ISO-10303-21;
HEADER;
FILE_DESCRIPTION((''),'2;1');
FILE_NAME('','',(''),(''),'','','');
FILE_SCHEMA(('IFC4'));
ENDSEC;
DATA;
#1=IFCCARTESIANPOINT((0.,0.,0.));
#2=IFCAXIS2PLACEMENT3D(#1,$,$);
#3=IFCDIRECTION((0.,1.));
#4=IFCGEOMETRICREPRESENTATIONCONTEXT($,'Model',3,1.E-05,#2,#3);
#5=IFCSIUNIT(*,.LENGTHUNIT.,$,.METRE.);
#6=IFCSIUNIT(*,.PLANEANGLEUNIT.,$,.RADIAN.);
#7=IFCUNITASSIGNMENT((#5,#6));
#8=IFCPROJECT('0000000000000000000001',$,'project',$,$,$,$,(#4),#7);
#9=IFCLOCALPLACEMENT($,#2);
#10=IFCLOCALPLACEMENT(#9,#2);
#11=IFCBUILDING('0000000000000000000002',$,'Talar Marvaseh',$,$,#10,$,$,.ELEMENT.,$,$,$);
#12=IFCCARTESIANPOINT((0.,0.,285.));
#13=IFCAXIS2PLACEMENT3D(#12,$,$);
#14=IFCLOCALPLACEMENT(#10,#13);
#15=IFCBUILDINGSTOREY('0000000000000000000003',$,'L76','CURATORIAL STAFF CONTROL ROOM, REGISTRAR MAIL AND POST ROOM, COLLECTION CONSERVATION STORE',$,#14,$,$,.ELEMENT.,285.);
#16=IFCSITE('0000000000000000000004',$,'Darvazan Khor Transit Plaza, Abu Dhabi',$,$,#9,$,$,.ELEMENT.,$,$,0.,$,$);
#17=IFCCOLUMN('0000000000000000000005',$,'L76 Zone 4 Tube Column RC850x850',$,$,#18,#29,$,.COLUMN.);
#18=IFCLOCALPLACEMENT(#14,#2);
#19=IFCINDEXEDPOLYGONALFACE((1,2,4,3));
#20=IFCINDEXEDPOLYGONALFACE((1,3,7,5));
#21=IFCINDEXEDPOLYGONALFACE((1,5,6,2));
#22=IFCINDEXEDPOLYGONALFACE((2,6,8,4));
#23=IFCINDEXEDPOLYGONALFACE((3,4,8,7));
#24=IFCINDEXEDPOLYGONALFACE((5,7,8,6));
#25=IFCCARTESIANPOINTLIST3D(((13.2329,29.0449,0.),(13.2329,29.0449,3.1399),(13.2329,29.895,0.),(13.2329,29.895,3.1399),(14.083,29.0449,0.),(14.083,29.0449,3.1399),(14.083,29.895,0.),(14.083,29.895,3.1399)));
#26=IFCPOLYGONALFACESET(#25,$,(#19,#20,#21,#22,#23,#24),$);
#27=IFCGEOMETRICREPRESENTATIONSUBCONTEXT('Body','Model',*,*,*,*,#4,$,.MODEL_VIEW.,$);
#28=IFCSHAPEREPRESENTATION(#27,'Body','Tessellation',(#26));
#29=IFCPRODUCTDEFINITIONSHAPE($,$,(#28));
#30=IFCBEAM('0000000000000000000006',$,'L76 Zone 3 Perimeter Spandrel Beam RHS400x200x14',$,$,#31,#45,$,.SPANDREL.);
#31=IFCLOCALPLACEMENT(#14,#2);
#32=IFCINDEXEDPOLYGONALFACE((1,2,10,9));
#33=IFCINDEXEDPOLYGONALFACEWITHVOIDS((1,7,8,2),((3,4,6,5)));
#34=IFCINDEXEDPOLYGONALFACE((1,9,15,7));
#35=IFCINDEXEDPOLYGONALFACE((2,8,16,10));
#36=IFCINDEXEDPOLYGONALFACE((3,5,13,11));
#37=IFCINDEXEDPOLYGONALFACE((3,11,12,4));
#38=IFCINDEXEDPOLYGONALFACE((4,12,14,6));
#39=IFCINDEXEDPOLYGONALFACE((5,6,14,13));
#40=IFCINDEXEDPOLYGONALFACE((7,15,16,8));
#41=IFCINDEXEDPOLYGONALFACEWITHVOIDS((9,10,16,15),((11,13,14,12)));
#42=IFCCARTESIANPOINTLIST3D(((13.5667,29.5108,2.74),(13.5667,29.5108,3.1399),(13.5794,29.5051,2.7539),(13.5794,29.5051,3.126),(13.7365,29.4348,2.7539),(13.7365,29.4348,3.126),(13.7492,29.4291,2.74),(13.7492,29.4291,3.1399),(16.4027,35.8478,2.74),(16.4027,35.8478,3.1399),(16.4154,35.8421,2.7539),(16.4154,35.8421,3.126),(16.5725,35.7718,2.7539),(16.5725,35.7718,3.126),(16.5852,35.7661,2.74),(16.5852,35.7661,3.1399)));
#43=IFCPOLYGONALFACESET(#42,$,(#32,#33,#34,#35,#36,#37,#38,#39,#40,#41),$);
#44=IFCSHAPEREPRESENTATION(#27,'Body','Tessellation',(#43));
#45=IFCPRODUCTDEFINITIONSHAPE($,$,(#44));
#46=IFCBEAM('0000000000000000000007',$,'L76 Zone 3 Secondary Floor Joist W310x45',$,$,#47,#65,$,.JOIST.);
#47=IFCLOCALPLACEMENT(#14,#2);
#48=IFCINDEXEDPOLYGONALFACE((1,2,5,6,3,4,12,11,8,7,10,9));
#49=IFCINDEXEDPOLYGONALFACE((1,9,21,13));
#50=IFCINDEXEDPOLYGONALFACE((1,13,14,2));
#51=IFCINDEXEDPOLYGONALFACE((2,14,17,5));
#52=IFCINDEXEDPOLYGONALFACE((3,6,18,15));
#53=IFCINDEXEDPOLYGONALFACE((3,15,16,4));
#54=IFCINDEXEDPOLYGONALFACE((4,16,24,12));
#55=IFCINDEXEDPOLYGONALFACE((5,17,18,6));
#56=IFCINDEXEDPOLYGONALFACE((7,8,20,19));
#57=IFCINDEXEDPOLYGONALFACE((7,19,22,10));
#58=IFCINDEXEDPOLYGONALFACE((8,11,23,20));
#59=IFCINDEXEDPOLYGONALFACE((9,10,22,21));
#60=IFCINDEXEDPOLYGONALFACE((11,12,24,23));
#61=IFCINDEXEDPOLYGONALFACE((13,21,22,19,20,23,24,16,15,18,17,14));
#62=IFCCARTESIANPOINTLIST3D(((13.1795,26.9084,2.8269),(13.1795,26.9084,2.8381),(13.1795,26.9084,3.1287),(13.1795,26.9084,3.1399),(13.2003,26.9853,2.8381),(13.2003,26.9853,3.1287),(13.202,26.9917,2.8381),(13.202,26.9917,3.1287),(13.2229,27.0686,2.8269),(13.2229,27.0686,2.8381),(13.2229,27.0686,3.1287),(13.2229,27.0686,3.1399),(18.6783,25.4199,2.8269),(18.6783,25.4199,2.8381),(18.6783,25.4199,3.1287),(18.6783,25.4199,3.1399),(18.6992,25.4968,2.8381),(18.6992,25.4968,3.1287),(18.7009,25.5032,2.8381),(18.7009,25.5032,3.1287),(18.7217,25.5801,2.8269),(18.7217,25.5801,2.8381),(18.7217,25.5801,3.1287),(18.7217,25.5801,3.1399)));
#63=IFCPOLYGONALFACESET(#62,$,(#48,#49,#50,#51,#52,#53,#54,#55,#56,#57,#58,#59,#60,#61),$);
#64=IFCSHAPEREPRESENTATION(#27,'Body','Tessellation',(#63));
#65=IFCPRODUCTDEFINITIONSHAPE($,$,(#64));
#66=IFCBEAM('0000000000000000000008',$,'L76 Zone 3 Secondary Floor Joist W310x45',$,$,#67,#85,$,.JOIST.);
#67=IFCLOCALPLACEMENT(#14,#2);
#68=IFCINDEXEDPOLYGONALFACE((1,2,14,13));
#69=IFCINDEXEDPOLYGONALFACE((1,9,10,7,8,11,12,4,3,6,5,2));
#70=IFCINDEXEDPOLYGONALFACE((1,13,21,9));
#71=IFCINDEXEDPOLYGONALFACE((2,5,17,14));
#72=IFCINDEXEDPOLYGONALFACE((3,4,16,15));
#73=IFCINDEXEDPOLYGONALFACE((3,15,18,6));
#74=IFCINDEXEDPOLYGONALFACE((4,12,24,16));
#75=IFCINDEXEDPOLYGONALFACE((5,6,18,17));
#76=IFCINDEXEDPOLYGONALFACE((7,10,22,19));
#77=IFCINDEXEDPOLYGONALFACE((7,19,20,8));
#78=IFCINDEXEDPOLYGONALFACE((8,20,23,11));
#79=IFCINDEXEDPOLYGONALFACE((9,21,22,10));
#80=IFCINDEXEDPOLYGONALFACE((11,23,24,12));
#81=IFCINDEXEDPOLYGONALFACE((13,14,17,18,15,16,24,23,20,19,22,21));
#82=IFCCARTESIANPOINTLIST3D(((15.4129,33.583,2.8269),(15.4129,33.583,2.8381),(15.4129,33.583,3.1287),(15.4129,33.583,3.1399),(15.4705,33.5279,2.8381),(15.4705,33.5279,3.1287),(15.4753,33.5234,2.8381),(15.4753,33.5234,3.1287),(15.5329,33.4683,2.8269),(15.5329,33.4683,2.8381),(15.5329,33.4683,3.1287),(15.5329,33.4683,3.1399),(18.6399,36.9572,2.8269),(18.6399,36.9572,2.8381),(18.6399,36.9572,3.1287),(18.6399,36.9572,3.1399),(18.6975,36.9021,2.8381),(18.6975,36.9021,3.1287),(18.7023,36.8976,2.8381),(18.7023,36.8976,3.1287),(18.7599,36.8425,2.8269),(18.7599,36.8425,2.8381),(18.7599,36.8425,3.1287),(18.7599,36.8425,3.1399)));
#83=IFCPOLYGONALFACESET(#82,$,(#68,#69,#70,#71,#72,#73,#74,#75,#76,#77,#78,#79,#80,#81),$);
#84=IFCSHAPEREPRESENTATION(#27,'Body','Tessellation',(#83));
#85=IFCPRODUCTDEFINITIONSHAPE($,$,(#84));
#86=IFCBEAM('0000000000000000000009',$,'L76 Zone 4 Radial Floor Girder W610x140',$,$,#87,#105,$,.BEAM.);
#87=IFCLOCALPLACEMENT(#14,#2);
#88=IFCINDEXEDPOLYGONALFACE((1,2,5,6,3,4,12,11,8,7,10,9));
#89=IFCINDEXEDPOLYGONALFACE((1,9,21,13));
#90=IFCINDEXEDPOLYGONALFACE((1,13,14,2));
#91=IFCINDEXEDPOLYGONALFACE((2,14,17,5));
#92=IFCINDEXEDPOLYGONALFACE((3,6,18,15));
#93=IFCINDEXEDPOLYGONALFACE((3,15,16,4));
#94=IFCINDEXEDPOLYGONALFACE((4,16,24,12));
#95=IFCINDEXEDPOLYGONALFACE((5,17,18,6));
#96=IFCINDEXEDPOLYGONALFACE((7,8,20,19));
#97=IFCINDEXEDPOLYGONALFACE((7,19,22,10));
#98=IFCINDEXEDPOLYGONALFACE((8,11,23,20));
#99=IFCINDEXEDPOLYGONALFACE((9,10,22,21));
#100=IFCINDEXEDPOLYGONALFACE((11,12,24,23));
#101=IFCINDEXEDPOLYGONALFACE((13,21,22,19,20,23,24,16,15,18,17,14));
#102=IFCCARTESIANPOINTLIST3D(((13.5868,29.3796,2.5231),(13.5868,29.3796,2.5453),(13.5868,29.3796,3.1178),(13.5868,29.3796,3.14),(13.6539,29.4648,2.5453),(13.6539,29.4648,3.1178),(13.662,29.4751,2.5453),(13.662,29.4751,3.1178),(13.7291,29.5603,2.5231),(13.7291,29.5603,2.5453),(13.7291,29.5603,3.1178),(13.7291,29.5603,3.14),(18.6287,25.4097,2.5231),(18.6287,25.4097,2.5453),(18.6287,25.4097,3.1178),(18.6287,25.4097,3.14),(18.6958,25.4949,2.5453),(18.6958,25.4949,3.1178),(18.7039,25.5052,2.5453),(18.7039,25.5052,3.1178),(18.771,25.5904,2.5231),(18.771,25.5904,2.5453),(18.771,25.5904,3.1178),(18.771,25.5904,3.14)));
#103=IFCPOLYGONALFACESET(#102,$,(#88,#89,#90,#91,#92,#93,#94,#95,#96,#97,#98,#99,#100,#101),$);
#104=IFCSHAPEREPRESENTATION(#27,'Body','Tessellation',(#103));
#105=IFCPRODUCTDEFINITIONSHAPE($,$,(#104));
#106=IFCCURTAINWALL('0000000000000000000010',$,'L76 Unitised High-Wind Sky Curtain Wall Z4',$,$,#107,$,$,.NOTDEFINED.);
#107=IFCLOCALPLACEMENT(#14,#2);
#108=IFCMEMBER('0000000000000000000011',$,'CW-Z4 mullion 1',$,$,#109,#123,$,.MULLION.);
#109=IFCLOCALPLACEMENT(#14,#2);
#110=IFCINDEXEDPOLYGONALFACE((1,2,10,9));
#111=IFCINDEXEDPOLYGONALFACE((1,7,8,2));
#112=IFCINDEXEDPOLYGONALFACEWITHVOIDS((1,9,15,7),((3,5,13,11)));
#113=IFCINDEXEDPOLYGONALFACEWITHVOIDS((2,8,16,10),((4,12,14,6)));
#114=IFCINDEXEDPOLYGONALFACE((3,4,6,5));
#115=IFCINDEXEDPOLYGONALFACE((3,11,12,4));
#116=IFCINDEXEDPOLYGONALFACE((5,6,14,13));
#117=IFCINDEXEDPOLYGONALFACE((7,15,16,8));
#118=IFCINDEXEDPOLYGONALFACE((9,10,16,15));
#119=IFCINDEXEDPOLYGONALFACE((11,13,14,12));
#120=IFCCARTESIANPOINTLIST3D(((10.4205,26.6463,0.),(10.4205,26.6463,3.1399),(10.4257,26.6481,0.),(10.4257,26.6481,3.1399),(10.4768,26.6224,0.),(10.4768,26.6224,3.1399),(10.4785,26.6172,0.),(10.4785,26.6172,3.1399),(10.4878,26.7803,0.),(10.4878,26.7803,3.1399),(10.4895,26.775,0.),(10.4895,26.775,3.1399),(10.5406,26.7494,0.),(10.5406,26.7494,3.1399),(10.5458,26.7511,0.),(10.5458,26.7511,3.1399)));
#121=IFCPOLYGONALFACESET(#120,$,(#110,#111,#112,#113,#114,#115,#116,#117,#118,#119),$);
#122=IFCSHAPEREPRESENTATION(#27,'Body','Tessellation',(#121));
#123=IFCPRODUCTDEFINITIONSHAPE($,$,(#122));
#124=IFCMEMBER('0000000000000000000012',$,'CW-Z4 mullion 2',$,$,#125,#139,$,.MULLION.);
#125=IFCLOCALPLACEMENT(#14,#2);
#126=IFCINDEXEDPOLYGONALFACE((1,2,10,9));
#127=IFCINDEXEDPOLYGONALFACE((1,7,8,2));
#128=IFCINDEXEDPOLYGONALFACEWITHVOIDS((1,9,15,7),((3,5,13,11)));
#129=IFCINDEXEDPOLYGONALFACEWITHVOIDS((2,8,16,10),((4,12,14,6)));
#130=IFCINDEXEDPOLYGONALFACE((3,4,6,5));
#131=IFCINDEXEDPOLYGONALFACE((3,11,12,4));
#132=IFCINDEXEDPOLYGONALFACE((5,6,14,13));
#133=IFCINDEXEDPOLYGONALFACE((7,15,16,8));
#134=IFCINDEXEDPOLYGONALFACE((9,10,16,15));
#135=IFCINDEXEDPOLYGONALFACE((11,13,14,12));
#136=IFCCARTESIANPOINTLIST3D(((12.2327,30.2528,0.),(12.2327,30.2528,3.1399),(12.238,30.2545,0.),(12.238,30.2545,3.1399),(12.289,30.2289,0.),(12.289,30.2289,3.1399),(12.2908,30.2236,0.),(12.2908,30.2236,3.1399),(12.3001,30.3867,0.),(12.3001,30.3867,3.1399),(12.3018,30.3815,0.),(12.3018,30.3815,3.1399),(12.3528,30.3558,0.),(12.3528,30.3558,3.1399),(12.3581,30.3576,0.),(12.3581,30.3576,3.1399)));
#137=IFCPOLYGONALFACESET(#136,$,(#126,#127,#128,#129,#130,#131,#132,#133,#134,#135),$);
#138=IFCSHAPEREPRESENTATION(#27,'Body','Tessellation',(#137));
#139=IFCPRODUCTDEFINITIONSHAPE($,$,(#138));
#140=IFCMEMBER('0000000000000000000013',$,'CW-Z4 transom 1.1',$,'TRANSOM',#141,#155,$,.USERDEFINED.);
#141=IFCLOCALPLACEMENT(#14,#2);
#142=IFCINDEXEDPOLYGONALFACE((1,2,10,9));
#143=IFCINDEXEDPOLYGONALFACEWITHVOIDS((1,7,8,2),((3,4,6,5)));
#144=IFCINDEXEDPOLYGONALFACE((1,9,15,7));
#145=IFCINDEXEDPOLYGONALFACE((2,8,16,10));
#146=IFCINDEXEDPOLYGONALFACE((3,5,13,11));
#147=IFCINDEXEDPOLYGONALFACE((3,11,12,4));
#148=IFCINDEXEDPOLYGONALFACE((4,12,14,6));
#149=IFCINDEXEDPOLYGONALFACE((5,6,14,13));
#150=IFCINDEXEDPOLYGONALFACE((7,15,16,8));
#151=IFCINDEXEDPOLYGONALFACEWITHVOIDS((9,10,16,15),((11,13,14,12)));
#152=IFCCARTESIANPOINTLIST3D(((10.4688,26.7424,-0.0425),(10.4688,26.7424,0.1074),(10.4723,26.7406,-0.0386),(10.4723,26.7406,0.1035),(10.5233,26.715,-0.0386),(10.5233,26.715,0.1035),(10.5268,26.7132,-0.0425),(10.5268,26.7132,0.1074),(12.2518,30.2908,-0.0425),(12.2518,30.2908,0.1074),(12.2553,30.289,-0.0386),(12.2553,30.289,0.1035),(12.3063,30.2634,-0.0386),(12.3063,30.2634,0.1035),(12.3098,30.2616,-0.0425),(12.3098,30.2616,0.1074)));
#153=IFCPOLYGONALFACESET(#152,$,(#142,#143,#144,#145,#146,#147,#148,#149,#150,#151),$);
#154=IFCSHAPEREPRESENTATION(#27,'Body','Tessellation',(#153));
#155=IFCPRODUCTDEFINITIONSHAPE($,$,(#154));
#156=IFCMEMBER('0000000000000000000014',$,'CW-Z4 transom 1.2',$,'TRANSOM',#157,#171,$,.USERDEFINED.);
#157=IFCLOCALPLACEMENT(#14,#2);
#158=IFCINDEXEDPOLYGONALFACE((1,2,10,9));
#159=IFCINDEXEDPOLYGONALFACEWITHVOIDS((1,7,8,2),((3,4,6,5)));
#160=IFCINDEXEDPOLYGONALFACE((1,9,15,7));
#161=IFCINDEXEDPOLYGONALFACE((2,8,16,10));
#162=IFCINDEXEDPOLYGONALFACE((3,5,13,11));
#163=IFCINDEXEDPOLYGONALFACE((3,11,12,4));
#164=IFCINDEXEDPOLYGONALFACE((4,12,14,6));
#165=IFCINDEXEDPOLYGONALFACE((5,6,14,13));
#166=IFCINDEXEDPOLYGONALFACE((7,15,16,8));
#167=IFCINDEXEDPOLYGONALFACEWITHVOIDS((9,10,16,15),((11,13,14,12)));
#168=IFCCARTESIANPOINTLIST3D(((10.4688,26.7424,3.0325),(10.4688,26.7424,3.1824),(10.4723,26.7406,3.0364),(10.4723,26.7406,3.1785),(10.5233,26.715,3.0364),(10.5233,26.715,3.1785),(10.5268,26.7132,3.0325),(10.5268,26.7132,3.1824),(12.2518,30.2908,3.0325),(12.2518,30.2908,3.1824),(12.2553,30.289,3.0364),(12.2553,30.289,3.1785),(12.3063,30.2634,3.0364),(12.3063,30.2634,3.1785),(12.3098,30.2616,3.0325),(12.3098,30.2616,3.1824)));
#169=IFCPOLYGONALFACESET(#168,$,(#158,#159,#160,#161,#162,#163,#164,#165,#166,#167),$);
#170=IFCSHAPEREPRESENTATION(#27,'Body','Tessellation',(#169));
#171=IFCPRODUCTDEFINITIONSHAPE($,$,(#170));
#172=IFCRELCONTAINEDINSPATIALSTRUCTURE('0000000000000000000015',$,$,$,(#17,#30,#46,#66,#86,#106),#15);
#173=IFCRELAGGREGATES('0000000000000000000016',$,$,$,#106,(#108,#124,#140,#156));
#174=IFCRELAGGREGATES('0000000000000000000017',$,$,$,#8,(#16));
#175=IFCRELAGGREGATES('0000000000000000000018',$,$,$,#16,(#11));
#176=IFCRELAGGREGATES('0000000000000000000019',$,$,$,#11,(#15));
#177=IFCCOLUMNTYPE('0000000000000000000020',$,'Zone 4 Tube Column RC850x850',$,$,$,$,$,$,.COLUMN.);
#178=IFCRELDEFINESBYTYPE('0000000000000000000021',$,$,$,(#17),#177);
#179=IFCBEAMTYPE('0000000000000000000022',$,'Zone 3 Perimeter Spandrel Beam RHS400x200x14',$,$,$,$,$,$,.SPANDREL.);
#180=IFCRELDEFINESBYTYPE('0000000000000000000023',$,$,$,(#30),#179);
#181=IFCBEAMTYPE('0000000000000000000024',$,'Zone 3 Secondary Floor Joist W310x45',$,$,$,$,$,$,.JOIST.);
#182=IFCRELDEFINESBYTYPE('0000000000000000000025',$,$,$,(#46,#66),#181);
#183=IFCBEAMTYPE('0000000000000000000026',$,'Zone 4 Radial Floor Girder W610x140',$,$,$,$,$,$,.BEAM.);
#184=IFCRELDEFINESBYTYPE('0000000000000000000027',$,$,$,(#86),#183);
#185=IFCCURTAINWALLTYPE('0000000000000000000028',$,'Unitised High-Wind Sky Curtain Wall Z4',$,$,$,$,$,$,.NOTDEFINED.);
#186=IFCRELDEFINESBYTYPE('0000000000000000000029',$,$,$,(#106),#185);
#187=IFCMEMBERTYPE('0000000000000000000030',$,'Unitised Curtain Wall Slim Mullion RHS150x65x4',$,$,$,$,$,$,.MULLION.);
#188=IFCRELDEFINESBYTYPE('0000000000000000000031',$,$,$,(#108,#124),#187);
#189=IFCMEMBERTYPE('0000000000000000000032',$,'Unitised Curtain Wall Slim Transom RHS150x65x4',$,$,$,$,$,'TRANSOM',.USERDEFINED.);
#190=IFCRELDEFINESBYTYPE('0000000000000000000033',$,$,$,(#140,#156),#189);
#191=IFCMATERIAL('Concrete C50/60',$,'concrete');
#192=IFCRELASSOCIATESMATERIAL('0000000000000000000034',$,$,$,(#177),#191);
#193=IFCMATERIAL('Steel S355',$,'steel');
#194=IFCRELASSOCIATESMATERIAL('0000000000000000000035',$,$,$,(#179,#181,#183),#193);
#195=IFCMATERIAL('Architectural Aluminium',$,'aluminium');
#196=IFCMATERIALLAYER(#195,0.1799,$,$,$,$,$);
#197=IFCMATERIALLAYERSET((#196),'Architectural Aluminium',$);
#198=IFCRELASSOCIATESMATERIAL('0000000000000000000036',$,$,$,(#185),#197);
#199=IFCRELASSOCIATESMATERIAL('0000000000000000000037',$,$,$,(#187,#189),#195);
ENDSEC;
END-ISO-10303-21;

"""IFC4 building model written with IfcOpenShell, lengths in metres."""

from ifc_helpers import new_model, si_unit, direction, frame, origin, origin_2d, place, context, subcontext, project, spatial, rectangle, hollow_rectangle, i_section, extrude, source, transform, mapped, material, layer, layer_set, material_profile, profile_set, type_object, type_shapes, element, aggregate, save


model = new_model("IFC4")

# Units and contexts
model_context = context("Model", 3, precision=1e-05, world=origin(), true_north=direction((0.0, 1.0)))
body_context = subcontext(model_context, "Body", "Model", "MODEL_VIEW")
ifc_project = project(units=[si_unit("LENGTHUNIT", "METRE"), si_unit("PLANEANGLEUNIT", "RADIAN")], contexts=[model_context])

# Site, building, storey
site_placement = place(None, origin())
site = spatial("IfcSite", under=ifc_project, at=site_placement, Name="Darvazan Khor Transit Plaza, Abu Dhabi", CompositionType="ELEMENT", RefElevation=0.0)
building_placement = place(site_placement, origin())
building = spatial("IfcBuilding", under=site, at=building_placement, Name="Talar Marvaseh", CompositionType="ELEMENT")
storey_placement = place(building_placement, frame((0.0, 0.0, 285.0)))
storey = spatial("IfcBuildingStorey", under=building, at=storey_placement, Name="L76", Description="CURATORIAL STAFF CONTROL ROOM, REGISTRAR MAIL AND POST ROOM, COLLECTION CONSERVATION STORE", CompositionType="ELEMENT", Elevation=285.0)

# Column
ifc_material_1 = material(Name="Concrete C50/60", Category="concrete")
ifc_material_profile_1 = material_profile(ifc_material_1, rectangle(XDim=0.8501, YDim=0.8501, at=origin_2d()), Name="RC850x850")
ifc_profile_set_1 = profile_set([ifc_material_profile_1], Name="Concrete C50/60")
column_type = type_object("IfcColumnType", Name="Zone 4 Tube Column RC850x850", PredefinedType="COLUMN", material=ifc_profile_set_1)
column_placement = place(storey_placement, frame((13.658, 29.47, 0.0), z_axis=(0.0, 0.0, 1.0), x_axis=(1.0, 0.0, 0.0)))
element("IfcColumn", 1, at=column_placement, inside=storey, type_object=column_type, Name="L76 Zone 4 Tube Column RC850x850", PredefinedType="COLUMN", context=body_context, shape_type="SweptSolid", body=[
    extrude(rectangle(XDim=0.8501, YDim=0.8501, at=origin_2d()), origin(), (0.0, 0.0, 1.0), 3.1399),
])

# Beams
ifc_material_2 = material(Name="Steel S355", Category="steel")
ifc_material_profile_2 = material_profile(ifc_material_2, hollow_rectangle(XDim=0.2, YDim=0.3999, WallThickness=0.0139, at=origin_2d()), Name="RHS400x200x14")
ifc_profile_set_2 = profile_set([ifc_material_profile_2], Name="Steel S355")
beam_type_1 = type_object("IfcBeamType", Name="Zone 3 Perimeter Spandrel Beam RHS400x200x14", PredefinedType="SPANDREL", material=ifc_profile_set_2)
beam_1_placement = place(storey_placement, frame((13.658, 29.47, 2.9399), z_axis=(0.408486, 0.912764, 0.0), x_axis=(-0.912764, 0.408486, 0.0)))
element("IfcBeam", 2, at=beam_1_placement, inside=storey, type_object=beam_type_1, Name="L76 Zone 3 Perimeter Spandrel Beam RHS400x200x14", PredefinedType="SPANDREL", context=body_context, shape_type="SweptSolid", body=[
    extrude(hollow_rectangle(XDim=0.2, YDim=0.3999, WallThickness=0.0139, at=origin_2d()), origin(), (0.0, 0.0, 1.0), 6.9426),
])
ifc_material_profile_3 = material_profile(ifc_material_2, i_section(OverallWidth=0.166, OverallDepth=0.313, WebThickness=0.0066, FlangeThickness=0.0112, at=origin_2d()), Name="W310x45")
ifc_profile_set_3 = profile_set([ifc_material_profile_3], Name="Steel S355")
beam_type_2 = type_object("IfcBeamType", Name="Zone 3 Secondary Floor Joist W310x45", PredefinedType="JOIST", material=ifc_profile_set_3)
beam_2_placement = place(storey_placement, frame((13.2012, 26.9885, 2.9834), z_axis=(0.965259, -0.261297, 0.0), x_axis=(0.261297, 0.965259, 0.0)))
element("IfcBeam", 3, at=beam_2_placement, inside=storey, type_object=beam_type_2, Name="L76 Zone 3 Secondary Floor Joist W310x45", PredefinedType="JOIST", context=body_context, shape_type="SweptSolid", body=[
    extrude(i_section(OverallWidth=0.166, OverallDepth=0.313, WebThickness=0.0066, FlangeThickness=0.0112, at=origin_2d()), origin(), (0.0, 0.0, 1.0), 5.6968),
])
beam_3_placement = place(storey_placement, frame((15.4729, 33.5256, 2.9834), z_axis=(0.691166, 0.722696, 0.0), x_axis=(-0.722696, 0.691166, 0.0)))
element("IfcBeam", 4, at=beam_3_placement, inside=storey, type_object=beam_type_2, Name="L76 Zone 3 Secondary Floor Joist W310x45", PredefinedType="JOIST", context=body_context, shape_type="SweptSolid", body=[
    extrude(i_section(OverallWidth=0.166, OverallDepth=0.313, WebThickness=0.0066, FlangeThickness=0.0112, at=origin_2d()), origin(), (0.0, 0.0, 1.0), 4.6689),
])
ifc_material_profile_4 = material_profile(ifc_material_2, i_section(OverallWidth=0.23, OverallDepth=0.6169, WebThickness=0.0132, FlangeThickness=0.0222, at=origin_2d()), Name="W610x140")
ifc_profile_set_4 = profile_set([ifc_material_profile_4], Name="Steel S355")
beam_type_3 = type_object("IfcBeamType", Name="Zone 4 Radial Floor Girder W610x140", PredefinedType="BEAM", material=ifc_profile_set_4)
beam_4_placement = place(storey_placement, frame((13.658, 29.47, 2.8315), z_axis=(0.785682, -0.618631, 0.0), x_axis=(0.618631, 0.785682, 0.0)))
element("IfcBeam", 5, at=beam_4_placement, inside=storey, type_object=beam_type_3, Name="L76 Zone 4 Radial Floor Girder W610x140", PredefinedType="BEAM", context=body_context, shape_type="SweptSolid", body=[
    extrude(i_section(OverallWidth=0.23, OverallDepth=0.6169, WebThickness=0.0132, FlangeThickness=0.0222, at=origin_2d()), origin(), (0.0, 0.0, 1.0), 6.4172),
])

# Curtain wall, members
ifc_material_3 = material(Name="Architectural Aluminium", Category="aluminium")
ifc_layer_1 = layer(ifc_material_3, 0.1799)
ifc_layer_set_1 = layer_set([ifc_layer_1], Name="Architectural Aluminium")
curtain_wall_type = type_object("IfcCurtainWallType", Name="Unitised High-Wind Sky Curtain Wall Z4", PredefinedType="NOTDEFINED", material=ifc_layer_set_1)
curtain_wall_placement = place(storey_placement, origin())
curtain_wall = element("IfcCurtainWall", 6, at=curtain_wall_placement, inside=storey, type_object=curtain_wall_type, Name="L76 Unitised High-Wind Sky Curtain Wall Z4", PredefinedType="NOTDEFINED")
ifc_material_profile_5 = material_profile(ifc_material_3, hollow_rectangle(XDim=0.0649, YDim=0.1499, WallThickness=0.0039, at=origin_2d()), Name="RHS150x65x4")
ifc_profile_set_5 = profile_set([ifc_material_profile_5], Name="Architectural Aluminium")
member_type_1 = type_object("IfcMemberType", Name="Unitised Curtain Wall Slim Mullion RHS150x65x4", PredefinedType="MULLION", material=ifc_profile_set_5)
shared_shape_1 = source(origin(), body_context, "Body", "SweptSolid", [
    extrude(hollow_rectangle(XDim=0.0649, YDim=0.1499, WallThickness=0.0039, at=origin_2d()), origin(), (0.0, 0.0, 1.0), 3.1399),
])
type_shapes(member_type_1, [shared_shape_1])
member_1_placement = place(storey_placement, frame((10.4832, 26.6987, 0.0), z_axis=(0.0, 0.0, 1.0), x_axis=(-0.893514, 0.449035, 0.0)))
member_1 = element("IfcMember", 7, at=member_1_placement, type_object=member_type_1, Name="CW-Z4 mullion 1", PredefinedType="MULLION", context=body_context, shape_type="MappedRepresentation", body=[
    mapped(shared_shape_1, transform((0.0, 0.0, 0.0), x_axis=(1.0, 0.0, 0.0), y_axis=(0.0, 1.0, 0.0), z_axis=(0.0, 0.0, 1.0), scale=1.0)),
])
member_2_placement = place(storey_placement, frame((12.2954, 30.3052, 0.0), z_axis=(0.0, 0.0, 1.0), x_axis=(-0.893514, 0.449035, 0.0)))
member_2 = element("IfcMember", 8, at=member_2_placement, type_object=member_type_1, Name="CW-Z4 mullion 2", PredefinedType="MULLION", context=body_context, shape_type="MappedRepresentation", body=[
    mapped(shared_shape_1, transform((0.0, 0.0, 0.0), x_axis=(1.0, 0.0, 0.0), y_axis=(0.0, 1.0, 0.0), z_axis=(0.0, 0.0, 1.0), scale=1.0)),
])
ifc_material_profile_6 = material_profile(ifc_material_3, hollow_rectangle(XDim=0.0649, YDim=0.1499, WallThickness=0.0039, at=origin_2d()), Name="RHS150x65x4")
ifc_profile_set_6 = profile_set([ifc_material_profile_6], Name="Architectural Aluminium")
member_type_2 = type_object("IfcMemberType", Name="Unitised Curtain Wall Slim Transom RHS150x65x4", ElementType="TRANSOM", PredefinedType="USERDEFINED", material=ifc_profile_set_6)
shared_shape_2 = source(origin(), body_context, "Body", "SweptSolid", [
    extrude(hollow_rectangle(XDim=0.0649, YDim=0.1499, WallThickness=0.0039, at=origin_2d()), origin(), (0.0, 0.0, 1.0), 3.9712),
])
member_3_placement = place(storey_placement, frame((10.4978, 26.7278, 0.0325), z_axis=(0.448983, 0.89354, 0.0), x_axis=(-0.89354, 0.448983, 0.0)))
member_3 = element("IfcMember", 9, at=member_3_placement, type_object=member_type_2, Name="CW-Z4 transom 1.1", ObjectType="TRANSOM", PredefinedType="USERDEFINED", context=body_context, shape_type="MappedRepresentation", body=[
    mapped(shared_shape_2, transform((0.0, 0.0, 0.0), x_axis=(1.0, 0.0, 0.0), y_axis=(0.0, 1.0, 0.0), z_axis=(0.0, 0.0, 1.0), scale=1.0)),
])
member_4_placement = place(storey_placement, frame((10.4978, 26.7278, 3.1074), z_axis=(0.448983, 0.89354, 0.0), x_axis=(-0.89354, 0.448983, 0.0)))
member_4 = element("IfcMember", 10, at=member_4_placement, type_object=member_type_2, Name="CW-Z4 transom 1.2", ObjectType="TRANSOM", PredefinedType="USERDEFINED", context=body_context, shape_type="MappedRepresentation", body=[
    mapped(shared_shape_2, transform((0.0, 0.0, 0.0), x_axis=(1.0, 0.0, 0.0), y_axis=(0.0, 1.0, 0.0), z_axis=(0.0, 0.0, 1.0), scale=1.0)),
])
aggregate(curtain_wall, [member_1, member_2, member_3, member_4])

save(model, "model.ifc")
